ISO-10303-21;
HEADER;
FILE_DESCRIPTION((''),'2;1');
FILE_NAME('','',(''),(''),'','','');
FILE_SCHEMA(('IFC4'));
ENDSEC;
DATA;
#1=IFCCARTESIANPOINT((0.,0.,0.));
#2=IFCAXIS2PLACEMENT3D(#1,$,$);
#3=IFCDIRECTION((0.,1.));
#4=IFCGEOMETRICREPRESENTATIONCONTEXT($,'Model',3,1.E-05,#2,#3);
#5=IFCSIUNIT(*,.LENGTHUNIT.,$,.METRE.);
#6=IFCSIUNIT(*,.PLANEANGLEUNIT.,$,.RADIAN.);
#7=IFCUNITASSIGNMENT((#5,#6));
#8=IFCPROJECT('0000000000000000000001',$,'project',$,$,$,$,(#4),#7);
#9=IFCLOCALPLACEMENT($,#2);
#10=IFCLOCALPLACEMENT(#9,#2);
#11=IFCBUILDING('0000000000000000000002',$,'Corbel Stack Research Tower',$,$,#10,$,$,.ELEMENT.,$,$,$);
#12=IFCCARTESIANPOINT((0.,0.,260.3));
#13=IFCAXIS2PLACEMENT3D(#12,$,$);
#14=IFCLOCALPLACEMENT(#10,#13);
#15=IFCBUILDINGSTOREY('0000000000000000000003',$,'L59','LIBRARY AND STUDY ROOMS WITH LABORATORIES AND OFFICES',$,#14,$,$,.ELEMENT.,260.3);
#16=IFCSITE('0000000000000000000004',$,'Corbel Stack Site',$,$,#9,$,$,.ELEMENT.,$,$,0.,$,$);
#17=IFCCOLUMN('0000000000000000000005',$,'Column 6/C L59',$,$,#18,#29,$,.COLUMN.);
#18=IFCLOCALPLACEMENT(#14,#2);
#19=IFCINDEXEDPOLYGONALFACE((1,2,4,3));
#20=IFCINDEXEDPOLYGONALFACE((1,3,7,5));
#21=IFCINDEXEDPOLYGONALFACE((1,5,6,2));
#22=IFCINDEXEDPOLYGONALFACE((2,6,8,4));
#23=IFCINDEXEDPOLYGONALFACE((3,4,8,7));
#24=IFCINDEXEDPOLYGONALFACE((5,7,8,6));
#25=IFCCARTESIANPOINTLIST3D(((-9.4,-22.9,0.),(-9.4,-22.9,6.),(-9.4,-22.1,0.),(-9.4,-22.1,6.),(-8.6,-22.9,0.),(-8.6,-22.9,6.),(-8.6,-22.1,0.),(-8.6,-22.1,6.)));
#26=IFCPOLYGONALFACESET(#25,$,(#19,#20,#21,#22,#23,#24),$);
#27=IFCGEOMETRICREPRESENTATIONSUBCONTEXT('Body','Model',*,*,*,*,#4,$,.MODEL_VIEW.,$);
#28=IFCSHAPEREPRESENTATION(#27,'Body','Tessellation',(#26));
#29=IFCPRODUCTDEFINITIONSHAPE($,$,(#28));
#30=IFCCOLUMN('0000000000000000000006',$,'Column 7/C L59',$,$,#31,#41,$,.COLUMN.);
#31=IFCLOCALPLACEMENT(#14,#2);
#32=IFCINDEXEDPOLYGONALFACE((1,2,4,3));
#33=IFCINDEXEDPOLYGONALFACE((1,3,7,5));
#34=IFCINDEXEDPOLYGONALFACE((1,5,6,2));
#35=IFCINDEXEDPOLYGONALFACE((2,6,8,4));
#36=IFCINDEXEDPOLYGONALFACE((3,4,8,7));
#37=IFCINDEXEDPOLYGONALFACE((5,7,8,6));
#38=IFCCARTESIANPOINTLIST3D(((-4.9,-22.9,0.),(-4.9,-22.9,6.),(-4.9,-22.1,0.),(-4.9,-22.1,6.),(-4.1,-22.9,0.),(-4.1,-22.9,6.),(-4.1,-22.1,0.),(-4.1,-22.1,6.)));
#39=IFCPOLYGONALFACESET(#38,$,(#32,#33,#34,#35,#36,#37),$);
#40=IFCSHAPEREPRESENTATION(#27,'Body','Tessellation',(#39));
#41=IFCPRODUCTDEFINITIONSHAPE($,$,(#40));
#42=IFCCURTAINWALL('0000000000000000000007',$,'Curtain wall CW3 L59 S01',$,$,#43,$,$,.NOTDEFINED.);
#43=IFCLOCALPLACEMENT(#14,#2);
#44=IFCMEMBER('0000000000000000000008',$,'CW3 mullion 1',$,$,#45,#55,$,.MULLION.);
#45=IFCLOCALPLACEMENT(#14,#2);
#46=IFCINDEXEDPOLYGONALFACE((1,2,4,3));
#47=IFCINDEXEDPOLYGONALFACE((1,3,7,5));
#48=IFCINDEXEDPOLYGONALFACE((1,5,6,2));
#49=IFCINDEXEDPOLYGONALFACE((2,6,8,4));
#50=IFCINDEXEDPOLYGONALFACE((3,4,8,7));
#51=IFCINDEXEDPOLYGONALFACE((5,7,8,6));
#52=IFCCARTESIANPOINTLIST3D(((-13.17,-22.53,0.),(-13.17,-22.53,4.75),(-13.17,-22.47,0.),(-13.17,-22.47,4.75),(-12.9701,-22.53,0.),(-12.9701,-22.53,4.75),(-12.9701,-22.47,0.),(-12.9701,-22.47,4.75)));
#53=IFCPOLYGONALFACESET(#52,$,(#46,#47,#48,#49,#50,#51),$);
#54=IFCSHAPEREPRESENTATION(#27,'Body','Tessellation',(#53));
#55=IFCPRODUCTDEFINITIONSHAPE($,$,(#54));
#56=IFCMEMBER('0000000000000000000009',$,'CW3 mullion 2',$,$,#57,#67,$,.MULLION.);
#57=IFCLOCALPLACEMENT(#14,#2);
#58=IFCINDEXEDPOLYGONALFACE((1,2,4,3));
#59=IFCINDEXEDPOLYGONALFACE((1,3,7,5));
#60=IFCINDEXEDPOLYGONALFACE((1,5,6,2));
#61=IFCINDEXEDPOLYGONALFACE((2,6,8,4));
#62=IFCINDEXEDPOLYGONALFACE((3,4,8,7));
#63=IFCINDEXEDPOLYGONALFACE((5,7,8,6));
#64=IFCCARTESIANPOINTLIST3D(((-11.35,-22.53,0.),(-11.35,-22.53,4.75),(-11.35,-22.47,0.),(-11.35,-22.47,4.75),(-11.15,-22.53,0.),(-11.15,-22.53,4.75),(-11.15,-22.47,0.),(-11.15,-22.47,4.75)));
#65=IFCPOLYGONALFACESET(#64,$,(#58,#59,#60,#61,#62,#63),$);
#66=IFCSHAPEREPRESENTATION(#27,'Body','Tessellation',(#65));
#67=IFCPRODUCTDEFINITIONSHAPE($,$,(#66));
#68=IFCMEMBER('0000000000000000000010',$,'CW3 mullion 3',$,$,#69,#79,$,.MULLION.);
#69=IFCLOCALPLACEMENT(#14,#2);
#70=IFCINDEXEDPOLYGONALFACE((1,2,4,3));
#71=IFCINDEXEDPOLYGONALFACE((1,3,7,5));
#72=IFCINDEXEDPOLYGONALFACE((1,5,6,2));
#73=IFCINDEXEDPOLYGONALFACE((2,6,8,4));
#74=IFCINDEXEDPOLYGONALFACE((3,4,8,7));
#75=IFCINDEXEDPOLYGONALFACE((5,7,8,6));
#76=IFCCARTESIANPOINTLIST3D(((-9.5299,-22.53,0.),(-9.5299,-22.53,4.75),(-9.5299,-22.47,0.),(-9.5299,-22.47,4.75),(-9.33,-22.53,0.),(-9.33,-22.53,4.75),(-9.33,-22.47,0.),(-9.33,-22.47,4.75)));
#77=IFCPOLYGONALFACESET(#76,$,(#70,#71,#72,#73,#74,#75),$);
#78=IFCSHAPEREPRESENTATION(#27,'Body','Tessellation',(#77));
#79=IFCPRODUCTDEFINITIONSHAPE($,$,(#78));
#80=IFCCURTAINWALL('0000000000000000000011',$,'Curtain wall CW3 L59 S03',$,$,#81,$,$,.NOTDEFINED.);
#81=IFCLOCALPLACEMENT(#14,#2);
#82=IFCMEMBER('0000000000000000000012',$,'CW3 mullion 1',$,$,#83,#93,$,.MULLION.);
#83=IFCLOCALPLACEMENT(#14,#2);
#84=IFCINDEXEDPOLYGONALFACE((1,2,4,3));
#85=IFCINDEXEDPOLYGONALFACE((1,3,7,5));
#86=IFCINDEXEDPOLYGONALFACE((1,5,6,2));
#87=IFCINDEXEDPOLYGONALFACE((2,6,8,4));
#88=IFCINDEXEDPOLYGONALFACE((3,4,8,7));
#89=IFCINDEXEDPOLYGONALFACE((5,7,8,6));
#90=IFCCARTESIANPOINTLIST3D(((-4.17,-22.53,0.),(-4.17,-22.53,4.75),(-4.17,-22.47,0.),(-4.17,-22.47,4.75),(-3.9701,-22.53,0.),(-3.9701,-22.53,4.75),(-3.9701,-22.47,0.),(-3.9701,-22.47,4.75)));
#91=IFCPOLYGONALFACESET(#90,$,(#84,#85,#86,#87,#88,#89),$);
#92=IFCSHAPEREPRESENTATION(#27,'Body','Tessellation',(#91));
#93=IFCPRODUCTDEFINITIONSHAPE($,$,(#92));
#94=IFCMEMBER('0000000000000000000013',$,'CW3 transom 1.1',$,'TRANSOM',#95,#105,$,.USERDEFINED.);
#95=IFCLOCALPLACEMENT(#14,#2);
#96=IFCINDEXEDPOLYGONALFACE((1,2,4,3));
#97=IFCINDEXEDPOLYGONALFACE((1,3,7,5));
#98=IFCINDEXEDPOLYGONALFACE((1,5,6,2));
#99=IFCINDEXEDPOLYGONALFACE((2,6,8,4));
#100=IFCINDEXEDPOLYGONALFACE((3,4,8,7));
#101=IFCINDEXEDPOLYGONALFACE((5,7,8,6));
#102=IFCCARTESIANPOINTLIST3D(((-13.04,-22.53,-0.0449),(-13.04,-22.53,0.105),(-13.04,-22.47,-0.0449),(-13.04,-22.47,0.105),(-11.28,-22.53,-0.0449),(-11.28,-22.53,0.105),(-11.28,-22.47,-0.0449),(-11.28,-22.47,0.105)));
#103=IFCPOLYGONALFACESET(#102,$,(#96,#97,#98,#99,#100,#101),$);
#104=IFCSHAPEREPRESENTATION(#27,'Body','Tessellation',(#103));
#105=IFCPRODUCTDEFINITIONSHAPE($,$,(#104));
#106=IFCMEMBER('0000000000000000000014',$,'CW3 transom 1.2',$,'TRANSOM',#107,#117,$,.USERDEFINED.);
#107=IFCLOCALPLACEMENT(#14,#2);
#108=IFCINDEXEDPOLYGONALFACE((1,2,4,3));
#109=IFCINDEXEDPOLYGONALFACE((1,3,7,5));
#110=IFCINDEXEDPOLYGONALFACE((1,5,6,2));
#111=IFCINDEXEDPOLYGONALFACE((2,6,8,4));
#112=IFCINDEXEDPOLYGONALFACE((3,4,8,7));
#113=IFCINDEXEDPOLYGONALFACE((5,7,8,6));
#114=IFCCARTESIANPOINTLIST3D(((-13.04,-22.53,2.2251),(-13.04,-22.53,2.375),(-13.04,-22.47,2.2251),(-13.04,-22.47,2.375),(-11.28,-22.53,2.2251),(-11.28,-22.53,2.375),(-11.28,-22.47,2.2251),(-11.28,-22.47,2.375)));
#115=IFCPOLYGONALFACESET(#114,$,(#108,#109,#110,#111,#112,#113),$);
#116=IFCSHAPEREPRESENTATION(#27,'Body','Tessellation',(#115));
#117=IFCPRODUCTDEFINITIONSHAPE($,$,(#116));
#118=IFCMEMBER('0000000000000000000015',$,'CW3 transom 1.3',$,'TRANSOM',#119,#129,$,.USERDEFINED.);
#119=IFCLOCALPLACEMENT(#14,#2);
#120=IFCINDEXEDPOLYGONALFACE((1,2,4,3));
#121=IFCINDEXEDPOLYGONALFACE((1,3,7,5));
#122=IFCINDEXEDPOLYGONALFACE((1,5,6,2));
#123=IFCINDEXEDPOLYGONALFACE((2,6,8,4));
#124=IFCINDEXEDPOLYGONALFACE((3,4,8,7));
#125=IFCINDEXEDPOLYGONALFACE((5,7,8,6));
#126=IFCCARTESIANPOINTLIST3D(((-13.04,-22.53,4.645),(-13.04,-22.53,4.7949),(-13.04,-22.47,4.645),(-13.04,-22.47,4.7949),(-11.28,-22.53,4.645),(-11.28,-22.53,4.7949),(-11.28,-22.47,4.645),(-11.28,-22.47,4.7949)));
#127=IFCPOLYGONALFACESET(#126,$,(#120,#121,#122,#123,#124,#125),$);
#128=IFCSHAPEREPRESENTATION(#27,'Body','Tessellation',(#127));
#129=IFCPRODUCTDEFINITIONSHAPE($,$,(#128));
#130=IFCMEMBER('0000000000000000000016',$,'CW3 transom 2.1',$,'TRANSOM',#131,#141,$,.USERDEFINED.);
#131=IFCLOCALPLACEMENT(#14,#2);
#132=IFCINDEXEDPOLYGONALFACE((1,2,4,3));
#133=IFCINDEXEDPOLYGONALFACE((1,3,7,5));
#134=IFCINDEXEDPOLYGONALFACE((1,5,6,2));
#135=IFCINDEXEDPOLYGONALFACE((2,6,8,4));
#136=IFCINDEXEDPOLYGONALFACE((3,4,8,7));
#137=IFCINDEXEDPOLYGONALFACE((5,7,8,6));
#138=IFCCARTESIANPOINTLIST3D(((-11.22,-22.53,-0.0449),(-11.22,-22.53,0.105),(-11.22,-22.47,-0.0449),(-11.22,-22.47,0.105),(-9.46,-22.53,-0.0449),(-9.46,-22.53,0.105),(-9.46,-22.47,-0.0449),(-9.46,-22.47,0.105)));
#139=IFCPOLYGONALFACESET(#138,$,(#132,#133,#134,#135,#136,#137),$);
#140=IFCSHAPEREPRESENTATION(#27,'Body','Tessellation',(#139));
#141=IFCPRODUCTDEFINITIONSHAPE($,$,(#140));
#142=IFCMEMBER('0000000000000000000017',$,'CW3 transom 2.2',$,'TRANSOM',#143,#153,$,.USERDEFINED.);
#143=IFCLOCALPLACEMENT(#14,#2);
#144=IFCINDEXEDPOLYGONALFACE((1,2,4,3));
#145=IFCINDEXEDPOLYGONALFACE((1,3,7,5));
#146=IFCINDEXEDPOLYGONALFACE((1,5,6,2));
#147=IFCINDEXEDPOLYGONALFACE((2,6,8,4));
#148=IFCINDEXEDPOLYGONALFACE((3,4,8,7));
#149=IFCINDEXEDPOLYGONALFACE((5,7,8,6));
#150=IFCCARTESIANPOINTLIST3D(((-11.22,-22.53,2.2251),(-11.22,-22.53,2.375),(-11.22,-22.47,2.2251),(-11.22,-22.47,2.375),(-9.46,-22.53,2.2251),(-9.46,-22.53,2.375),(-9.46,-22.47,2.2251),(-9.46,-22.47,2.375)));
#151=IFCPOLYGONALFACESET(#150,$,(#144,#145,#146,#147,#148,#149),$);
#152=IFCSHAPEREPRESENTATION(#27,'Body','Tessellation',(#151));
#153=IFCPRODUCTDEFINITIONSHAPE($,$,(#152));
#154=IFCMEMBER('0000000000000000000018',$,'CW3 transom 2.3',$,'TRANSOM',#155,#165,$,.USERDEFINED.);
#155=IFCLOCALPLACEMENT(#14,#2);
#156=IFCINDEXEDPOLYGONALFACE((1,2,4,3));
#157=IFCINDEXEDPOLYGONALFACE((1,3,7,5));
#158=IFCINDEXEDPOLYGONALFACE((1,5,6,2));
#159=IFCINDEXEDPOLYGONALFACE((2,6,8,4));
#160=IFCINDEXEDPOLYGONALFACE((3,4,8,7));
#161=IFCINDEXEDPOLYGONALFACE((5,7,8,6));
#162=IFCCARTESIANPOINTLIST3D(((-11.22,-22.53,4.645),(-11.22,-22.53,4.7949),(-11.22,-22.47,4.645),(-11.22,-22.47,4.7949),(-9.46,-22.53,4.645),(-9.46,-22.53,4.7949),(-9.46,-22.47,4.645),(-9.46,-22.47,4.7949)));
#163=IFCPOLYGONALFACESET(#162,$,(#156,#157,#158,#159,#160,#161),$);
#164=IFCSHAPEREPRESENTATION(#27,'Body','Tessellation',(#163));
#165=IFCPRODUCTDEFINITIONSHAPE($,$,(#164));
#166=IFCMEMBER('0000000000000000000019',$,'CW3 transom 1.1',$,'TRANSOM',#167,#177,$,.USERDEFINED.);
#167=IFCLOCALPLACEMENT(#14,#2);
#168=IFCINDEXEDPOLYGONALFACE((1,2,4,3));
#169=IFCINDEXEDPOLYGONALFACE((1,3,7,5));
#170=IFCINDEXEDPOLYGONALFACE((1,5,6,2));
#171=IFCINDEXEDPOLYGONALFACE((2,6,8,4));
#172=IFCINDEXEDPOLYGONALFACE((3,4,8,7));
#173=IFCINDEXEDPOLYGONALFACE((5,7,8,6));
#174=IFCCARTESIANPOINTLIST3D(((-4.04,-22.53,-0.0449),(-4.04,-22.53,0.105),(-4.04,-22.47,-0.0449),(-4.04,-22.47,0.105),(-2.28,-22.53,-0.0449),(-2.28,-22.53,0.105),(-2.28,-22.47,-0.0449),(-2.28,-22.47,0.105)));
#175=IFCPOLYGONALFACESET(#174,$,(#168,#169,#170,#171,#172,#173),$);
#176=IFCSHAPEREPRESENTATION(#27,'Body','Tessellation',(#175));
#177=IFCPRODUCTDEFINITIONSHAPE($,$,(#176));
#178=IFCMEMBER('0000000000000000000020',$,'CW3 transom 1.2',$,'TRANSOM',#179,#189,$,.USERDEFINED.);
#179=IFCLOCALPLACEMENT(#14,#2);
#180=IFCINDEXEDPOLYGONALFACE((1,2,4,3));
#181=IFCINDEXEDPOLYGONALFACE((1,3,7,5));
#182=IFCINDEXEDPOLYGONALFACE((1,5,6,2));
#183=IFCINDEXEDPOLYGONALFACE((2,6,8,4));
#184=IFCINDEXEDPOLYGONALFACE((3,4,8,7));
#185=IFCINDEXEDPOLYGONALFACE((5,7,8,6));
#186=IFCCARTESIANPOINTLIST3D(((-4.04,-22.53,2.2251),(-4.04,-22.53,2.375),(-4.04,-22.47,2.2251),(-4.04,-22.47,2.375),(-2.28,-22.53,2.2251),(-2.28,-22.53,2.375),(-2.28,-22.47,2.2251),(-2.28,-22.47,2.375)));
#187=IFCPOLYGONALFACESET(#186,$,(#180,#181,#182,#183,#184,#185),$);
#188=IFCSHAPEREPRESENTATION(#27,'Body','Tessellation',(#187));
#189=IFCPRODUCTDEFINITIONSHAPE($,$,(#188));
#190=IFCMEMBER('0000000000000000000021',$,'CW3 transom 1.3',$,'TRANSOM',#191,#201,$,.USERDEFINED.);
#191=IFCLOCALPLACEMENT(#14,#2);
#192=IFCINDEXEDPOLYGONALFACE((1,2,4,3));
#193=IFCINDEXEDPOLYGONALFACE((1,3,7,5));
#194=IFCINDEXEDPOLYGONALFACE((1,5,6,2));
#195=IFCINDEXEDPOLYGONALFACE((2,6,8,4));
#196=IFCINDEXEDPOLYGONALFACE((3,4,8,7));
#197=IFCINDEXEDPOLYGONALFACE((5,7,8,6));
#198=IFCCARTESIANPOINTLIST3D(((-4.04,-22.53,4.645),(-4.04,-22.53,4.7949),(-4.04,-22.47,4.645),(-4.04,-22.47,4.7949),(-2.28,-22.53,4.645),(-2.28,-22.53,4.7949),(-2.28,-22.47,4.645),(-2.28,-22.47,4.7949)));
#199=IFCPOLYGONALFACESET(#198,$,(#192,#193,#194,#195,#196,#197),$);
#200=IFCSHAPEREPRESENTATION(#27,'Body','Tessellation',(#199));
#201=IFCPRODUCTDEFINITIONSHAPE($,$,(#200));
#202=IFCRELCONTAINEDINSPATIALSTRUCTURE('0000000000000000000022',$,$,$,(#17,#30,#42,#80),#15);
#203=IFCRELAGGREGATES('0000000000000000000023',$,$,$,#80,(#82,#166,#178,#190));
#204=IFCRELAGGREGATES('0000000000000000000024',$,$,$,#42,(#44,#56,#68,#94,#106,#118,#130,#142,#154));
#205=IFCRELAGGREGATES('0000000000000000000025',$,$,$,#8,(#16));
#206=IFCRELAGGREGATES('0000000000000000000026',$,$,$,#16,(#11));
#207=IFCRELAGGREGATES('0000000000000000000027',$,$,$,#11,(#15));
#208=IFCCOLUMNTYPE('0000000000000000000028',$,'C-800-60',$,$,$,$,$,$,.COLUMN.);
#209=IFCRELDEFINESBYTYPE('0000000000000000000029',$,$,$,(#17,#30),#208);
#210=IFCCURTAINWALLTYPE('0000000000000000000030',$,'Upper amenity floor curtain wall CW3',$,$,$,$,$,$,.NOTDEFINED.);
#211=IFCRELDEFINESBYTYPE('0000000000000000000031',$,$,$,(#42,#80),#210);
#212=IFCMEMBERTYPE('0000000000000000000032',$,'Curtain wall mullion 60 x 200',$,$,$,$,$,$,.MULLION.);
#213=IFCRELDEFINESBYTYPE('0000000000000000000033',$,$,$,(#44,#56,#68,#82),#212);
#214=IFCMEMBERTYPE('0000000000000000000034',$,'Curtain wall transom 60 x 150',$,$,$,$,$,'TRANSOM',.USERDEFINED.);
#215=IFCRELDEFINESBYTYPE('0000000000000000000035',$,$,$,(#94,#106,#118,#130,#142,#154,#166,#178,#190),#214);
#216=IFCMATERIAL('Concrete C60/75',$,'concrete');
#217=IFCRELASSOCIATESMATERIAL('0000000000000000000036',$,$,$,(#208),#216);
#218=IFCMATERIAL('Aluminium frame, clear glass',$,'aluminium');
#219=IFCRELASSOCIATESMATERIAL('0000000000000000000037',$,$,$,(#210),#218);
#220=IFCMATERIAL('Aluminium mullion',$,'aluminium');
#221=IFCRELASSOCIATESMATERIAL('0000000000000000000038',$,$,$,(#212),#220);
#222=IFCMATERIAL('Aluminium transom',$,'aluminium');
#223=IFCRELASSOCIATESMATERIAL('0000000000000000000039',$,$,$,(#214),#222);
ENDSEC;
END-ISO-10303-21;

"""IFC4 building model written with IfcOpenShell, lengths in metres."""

from ifc_helpers import new_model, si_unit, direction, frame, origin, origin_2d, place, context, subcontext, project, spatial, rectangle, extrude, material, material_profile, profile_set, type_object, element, aggregate, save


model = new_model("IFC4")

# Units and contexts
model_context = context("Model", 3, precision=1e-05, world=origin(), true_north=direction((0.0, 1.0)))
body_context = subcontext(model_context, "Body", "Model", "MODEL_VIEW")
ifc_project = project(units=[si_unit("LENGTHUNIT", "METRE"), si_unit("PLANEANGLEUNIT", "RADIAN")], contexts=[model_context])

# Site, building, storey
site_placement = place(None, origin())
site = spatial("IfcSite", under=ifc_project, at=site_placement, Name="Corbel Stack Site", CompositionType="ELEMENT", RefElevation=0.0)
building_placement = place(site_placement, origin())
building = spatial("IfcBuilding", under=site, at=building_placement, Name="Corbel Stack Research Tower", CompositionType="ELEMENT")
storey_placement = place(building_placement, frame((0.0, 0.0, 260.3)))
storey = spatial("IfcBuildingStorey", under=building, at=storey_placement, Name="L59", Description="LIBRARY AND STUDY ROOMS WITH LABORATORIES AND OFFICES", CompositionType="ELEMENT", Elevation=260.3)

# Columns
ifc_material_1 = material(Name="Concrete C60/75", Category="concrete")
ifc_material_profile_1 = material_profile(ifc_material_1, rectangle(XDim=0.8, YDim=0.8, at=origin_2d()), Name="RC 800 x 800")
ifc_profile_set_1 = profile_set([ifc_material_profile_1], Name="Concrete C60/75")
column_type = type_object("IfcColumnType", Name="C-800-60", PredefinedType="COLUMN", material=ifc_profile_set_1)
for number, where, z_axis, x_axis, name in (
    (1, (-9.0, -22.5, 0.0), (0.0, 0.0, 1.0), (1.0, 0.0, 0.0), "Column 6/C L59"),
    (2, (-4.5, -22.5, 0.0), (0.0, 0.0, 1.0), (1.0, 0.0, 0.0), "Column 7/C L59"),
):
    element("IfcColumn", number, at=place(storey_placement, frame(where, z_axis=z_axis, x_axis=x_axis)), inside=storey, type_object=column_type, Name=name, PredefinedType="COLUMN", context=body_context, shape_type="SweptSolid", body=[
        extrude(rectangle(XDim=0.8, YDim=0.8, at=origin_2d()), origin(), (0.0, 0.0, 1.0), 6.0),
    ])

# Curtain wall, members
ifc_material_2 = material(Name="Aluminium frame, clear glass", Category="aluminium")
curtain_wall_type = type_object("IfcCurtainWallType", Name="Upper amenity floor curtain wall CW3", PredefinedType="NOTDEFINED", material=ifc_material_2)
curtain_wall_1_placement = place(storey_placement, origin())
curtain_wall_1 = element("IfcCurtainWall", 3, at=curtain_wall_1_placement, inside=storey, type_object=curtain_wall_type, Name="Curtain wall CW3 L59 S01", PredefinedType="NOTDEFINED")
ifc_material_3 = material(Name="Aluminium mullion", Category="aluminium")
ifc_material_profile_2 = material_profile(ifc_material_3, rectangle(XDim=0.0601, YDim=0.2, at=origin_2d()), Name="Mullion 60 x 200")
ifc_profile_set_2 = profile_set([ifc_material_profile_2], Name="Aluminium mullion")
member_type_1 = type_object("IfcMemberType", Name="Curtain wall mullion 60 x 200", PredefinedType="MULLION", material=ifc_profile_set_2)
member_1_placement = place(storey_placement, frame((-13.0701, -22.5, 0.0), z_axis=(0.0, 0.0, 1.0), x_axis=(0.0, 1.0, 0.0)))
member_1 = element("IfcMember", 4, at=member_1_placement, type_object=member_type_1, Name="CW3 mullion 1", PredefinedType="MULLION", context=body_context, shape_type="SweptSolid", body=[
    extrude(rectangle(XDim=0.0601, YDim=0.2, at=origin_2d()), origin(), (0.0, 0.0, 1.0), 4.75),
])
member_2_placement = place(storey_placement, frame((-11.25, -22.5, 0.0), z_axis=(0.0, 0.0, 1.0), x_axis=(0.0, 1.0, 0.0)))
member_2 = element("IfcMember", 5, at=member_2_placement, type_object=member_type_1, Name="CW3 mullion 2", PredefinedType="MULLION", context=body_context, shape_type="SweptSolid", body=[
    extrude(rectangle(XDim=0.0601, YDim=0.2, at=origin_2d()), origin(), (0.0, 0.0, 1.0), 4.75),
])
member_3_placement = place(storey_placement, frame((-9.4299, -22.5, 0.0), z_axis=(0.0, 0.0, 1.0), x_axis=(0.0, 1.0, 0.0)))
member_3 = element("IfcMember", 6, at=member_3_placement, type_object=member_type_1, Name="CW3 mullion 3", PredefinedType="MULLION", context=body_context, shape_type="SweptSolid", body=[
    extrude(rectangle(XDim=0.0601, YDim=0.2, at=origin_2d()), origin(), (0.0, 0.0, 1.0), 4.75),
])

# Curtain wall, member
curtain_wall_2_placement = place(storey_placement, origin())
curtain_wall_2 = element("IfcCurtainWall", 7, at=curtain_wall_2_placement, inside=storey, type_object=curtain_wall_type, Name="Curtain wall CW3 L59 S03", PredefinedType="NOTDEFINED")
member_4_placement = place(storey_placement, frame((-4.0701, -22.5, 0.0), z_axis=(0.0, 0.0, 1.0), x_axis=(0.0, 1.0, 0.0)))
member_4 = element("IfcMember", 8, at=member_4_placement, type_object=member_type_1, Name="CW3 mullion 1", PredefinedType="MULLION", context=body_context, shape_type="SweptSolid", body=[
    extrude(rectangle(XDim=0.0601, YDim=0.2, at=origin_2d()), origin(), (0.0, 0.0, 1.0), 4.75),
])

# Members
ifc_material_4 = material(Name="Aluminium transom", Category="aluminium")
ifc_material_profile_3 = material_profile(ifc_material_4, rectangle(XDim=0.0601, YDim=0.1499, at=origin_2d()), Name="Transom 60 x 150")
ifc_profile_set_3 = profile_set([ifc_material_profile_3], Name="Aluminium transom")
member_type_2 = type_object("IfcMemberType", Name="Curtain wall transom 60 x 150", ElementType="TRANSOM", PredefinedType="USERDEFINED", material=ifc_profile_set_3)
member_5_placement = place(storey_placement, frame((-13.04, -22.5, 0.03), z_axis=(1.0, 0.0, 0.0), x_axis=(0.0, 1.0, 0.0)))
member_5 = element("IfcMember", 9, at=member_5_placement, type_object=member_type_2, Name="CW3 transom 1.1", ObjectType="TRANSOM", PredefinedType="USERDEFINED", context=body_context, shape_type="SweptSolid", body=[
    extrude(rectangle(XDim=0.0601, YDim=0.1499, at=origin_2d()), origin(), (0.0, 0.0, 1.0), 1.76),
])
member_6_placement = place(storey_placement, frame((-13.04, -22.5, 2.3), z_axis=(1.0, 0.0, 0.0), x_axis=(0.0, 1.0, 0.0)))
member_6 = element("IfcMember", 10, at=member_6_placement, type_object=member_type_2, Name="CW3 transom 1.2", ObjectType="TRANSOM", PredefinedType="USERDEFINED", context=body_context, shape_type="SweptSolid", body=[
    extrude(rectangle(XDim=0.0601, YDim=0.1499, at=origin_2d()), origin(), (0.0, 0.0, 1.0), 1.76),
])
member_7_placement = place(storey_placement, frame((-13.04, -22.5, 4.72), z_axis=(1.0, 0.0, 0.0), x_axis=(0.0, 1.0, 0.0)))
member_7 = element("IfcMember", 11, at=member_7_placement, type_object=member_type_2, Name="CW3 transom 1.3", ObjectType="TRANSOM", PredefinedType="USERDEFINED", context=body_context, shape_type="SweptSolid", body=[
    extrude(rectangle(XDim=0.0601, YDim=0.1499, at=origin_2d()), origin(), (0.0, 0.0, 1.0), 1.76),
])
member_8_placement = place(storey_placement, frame((-11.22, -22.5, 0.03), z_axis=(1.0, 0.0, 0.0), x_axis=(0.0, 1.0, 0.0)))
member_8 = element("IfcMember", 12, at=member_8_placement, type_object=member_type_2, Name="CW3 transom 2.1", ObjectType="TRANSOM", PredefinedType="USERDEFINED", context=body_context, shape_type="SweptSolid", body=[
    extrude(rectangle(XDim=0.0601, YDim=0.1499, at=origin_2d()), origin(), (0.0, 0.0, 1.0), 1.76),
])
member_9_placement = place(storey_placement, frame((-11.22, -22.5, 2.3), z_axis=(1.0, 0.0, 0.0), x_axis=(0.0, 1.0, 0.0)))
member_9 = element("IfcMember", 13, at=member_9_placement, type_object=member_type_2, Name="CW3 transom 2.2", ObjectType="TRANSOM", PredefinedType="USERDEFINED", context=body_context, shape_type="SweptSolid", body=[
    extrude(rectangle(XDim=0.0601, YDim=0.1499, at=origin_2d()), origin(), (0.0, 0.0, 1.0), 1.76),
])
member_10_placement = place(storey_placement, frame((-11.22, -22.5, 4.72), z_axis=(1.0, 0.0, 0.0), x_axis=(0.0, 1.0, 0.0)))
member_10 = element("IfcMember", 14, at=member_10_placement, type_object=member_type_2, Name="CW3 transom 2.3", ObjectType="TRANSOM", PredefinedType="USERDEFINED", context=body_context, shape_type="SweptSolid", body=[
    extrude(rectangle(XDim=0.0601, YDim=0.1499, at=origin_2d()), origin(), (0.0, 0.0, 1.0), 1.76),
])
member_11_placement = place(storey_placement, frame((-4.04, -22.5, 0.03), z_axis=(1.0, 0.0, 0.0), x_axis=(0.0, 1.0, 0.0)))
member_11 = element("IfcMember", 15, at=member_11_placement, type_object=member_type_2, Name="CW3 transom 1.1", ObjectType="TRANSOM", PredefinedType="USERDEFINED", context=body_context, shape_type="SweptSolid", body=[
    extrude(rectangle(XDim=0.0601, YDim=0.1499, at=origin_2d()), origin(), (0.0, 0.0, 1.0), 1.76),
])
member_12_placement = place(storey_placement, frame((-4.04, -22.5, 2.3), z_axis=(1.0, 0.0, 0.0), x_axis=(0.0, 1.0, 0.0)))
member_12 = element("IfcMember", 16, at=member_12_placement, type_object=member_type_2, Name="CW3 transom 1.2", ObjectType="TRANSOM", PredefinedType="USERDEFINED", context=body_context, shape_type="SweptSolid", body=[
    extrude(rectangle(XDim=0.0601, YDim=0.1499, at=origin_2d()), origin(), (0.0, 0.0, 1.0), 1.76),
])
member_13_placement = place(storey_placement, frame((-4.04, -22.5, 4.72), z_axis=(1.0, 0.0, 0.0), x_axis=(0.0, 1.0, 0.0)))
member_13 = element("IfcMember", 17, at=member_13_placement, type_object=member_type_2, Name="CW3 transom 1.3", ObjectType="TRANSOM", PredefinedType="USERDEFINED", context=body_context, shape_type="SweptSolid", body=[
    extrude(rectangle(XDim=0.0601, YDim=0.1499, at=origin_2d()), origin(), (0.0, 0.0, 1.0), 1.76),
])
aggregate(curtain_wall_2, [member_4, member_11, member_12, member_13])

aggregate(curtain_wall_1, [member_1, member_2, member_3, member_5, member_6, member_7, member_8, member_9, member_10])

save(model, "model.ifc")
